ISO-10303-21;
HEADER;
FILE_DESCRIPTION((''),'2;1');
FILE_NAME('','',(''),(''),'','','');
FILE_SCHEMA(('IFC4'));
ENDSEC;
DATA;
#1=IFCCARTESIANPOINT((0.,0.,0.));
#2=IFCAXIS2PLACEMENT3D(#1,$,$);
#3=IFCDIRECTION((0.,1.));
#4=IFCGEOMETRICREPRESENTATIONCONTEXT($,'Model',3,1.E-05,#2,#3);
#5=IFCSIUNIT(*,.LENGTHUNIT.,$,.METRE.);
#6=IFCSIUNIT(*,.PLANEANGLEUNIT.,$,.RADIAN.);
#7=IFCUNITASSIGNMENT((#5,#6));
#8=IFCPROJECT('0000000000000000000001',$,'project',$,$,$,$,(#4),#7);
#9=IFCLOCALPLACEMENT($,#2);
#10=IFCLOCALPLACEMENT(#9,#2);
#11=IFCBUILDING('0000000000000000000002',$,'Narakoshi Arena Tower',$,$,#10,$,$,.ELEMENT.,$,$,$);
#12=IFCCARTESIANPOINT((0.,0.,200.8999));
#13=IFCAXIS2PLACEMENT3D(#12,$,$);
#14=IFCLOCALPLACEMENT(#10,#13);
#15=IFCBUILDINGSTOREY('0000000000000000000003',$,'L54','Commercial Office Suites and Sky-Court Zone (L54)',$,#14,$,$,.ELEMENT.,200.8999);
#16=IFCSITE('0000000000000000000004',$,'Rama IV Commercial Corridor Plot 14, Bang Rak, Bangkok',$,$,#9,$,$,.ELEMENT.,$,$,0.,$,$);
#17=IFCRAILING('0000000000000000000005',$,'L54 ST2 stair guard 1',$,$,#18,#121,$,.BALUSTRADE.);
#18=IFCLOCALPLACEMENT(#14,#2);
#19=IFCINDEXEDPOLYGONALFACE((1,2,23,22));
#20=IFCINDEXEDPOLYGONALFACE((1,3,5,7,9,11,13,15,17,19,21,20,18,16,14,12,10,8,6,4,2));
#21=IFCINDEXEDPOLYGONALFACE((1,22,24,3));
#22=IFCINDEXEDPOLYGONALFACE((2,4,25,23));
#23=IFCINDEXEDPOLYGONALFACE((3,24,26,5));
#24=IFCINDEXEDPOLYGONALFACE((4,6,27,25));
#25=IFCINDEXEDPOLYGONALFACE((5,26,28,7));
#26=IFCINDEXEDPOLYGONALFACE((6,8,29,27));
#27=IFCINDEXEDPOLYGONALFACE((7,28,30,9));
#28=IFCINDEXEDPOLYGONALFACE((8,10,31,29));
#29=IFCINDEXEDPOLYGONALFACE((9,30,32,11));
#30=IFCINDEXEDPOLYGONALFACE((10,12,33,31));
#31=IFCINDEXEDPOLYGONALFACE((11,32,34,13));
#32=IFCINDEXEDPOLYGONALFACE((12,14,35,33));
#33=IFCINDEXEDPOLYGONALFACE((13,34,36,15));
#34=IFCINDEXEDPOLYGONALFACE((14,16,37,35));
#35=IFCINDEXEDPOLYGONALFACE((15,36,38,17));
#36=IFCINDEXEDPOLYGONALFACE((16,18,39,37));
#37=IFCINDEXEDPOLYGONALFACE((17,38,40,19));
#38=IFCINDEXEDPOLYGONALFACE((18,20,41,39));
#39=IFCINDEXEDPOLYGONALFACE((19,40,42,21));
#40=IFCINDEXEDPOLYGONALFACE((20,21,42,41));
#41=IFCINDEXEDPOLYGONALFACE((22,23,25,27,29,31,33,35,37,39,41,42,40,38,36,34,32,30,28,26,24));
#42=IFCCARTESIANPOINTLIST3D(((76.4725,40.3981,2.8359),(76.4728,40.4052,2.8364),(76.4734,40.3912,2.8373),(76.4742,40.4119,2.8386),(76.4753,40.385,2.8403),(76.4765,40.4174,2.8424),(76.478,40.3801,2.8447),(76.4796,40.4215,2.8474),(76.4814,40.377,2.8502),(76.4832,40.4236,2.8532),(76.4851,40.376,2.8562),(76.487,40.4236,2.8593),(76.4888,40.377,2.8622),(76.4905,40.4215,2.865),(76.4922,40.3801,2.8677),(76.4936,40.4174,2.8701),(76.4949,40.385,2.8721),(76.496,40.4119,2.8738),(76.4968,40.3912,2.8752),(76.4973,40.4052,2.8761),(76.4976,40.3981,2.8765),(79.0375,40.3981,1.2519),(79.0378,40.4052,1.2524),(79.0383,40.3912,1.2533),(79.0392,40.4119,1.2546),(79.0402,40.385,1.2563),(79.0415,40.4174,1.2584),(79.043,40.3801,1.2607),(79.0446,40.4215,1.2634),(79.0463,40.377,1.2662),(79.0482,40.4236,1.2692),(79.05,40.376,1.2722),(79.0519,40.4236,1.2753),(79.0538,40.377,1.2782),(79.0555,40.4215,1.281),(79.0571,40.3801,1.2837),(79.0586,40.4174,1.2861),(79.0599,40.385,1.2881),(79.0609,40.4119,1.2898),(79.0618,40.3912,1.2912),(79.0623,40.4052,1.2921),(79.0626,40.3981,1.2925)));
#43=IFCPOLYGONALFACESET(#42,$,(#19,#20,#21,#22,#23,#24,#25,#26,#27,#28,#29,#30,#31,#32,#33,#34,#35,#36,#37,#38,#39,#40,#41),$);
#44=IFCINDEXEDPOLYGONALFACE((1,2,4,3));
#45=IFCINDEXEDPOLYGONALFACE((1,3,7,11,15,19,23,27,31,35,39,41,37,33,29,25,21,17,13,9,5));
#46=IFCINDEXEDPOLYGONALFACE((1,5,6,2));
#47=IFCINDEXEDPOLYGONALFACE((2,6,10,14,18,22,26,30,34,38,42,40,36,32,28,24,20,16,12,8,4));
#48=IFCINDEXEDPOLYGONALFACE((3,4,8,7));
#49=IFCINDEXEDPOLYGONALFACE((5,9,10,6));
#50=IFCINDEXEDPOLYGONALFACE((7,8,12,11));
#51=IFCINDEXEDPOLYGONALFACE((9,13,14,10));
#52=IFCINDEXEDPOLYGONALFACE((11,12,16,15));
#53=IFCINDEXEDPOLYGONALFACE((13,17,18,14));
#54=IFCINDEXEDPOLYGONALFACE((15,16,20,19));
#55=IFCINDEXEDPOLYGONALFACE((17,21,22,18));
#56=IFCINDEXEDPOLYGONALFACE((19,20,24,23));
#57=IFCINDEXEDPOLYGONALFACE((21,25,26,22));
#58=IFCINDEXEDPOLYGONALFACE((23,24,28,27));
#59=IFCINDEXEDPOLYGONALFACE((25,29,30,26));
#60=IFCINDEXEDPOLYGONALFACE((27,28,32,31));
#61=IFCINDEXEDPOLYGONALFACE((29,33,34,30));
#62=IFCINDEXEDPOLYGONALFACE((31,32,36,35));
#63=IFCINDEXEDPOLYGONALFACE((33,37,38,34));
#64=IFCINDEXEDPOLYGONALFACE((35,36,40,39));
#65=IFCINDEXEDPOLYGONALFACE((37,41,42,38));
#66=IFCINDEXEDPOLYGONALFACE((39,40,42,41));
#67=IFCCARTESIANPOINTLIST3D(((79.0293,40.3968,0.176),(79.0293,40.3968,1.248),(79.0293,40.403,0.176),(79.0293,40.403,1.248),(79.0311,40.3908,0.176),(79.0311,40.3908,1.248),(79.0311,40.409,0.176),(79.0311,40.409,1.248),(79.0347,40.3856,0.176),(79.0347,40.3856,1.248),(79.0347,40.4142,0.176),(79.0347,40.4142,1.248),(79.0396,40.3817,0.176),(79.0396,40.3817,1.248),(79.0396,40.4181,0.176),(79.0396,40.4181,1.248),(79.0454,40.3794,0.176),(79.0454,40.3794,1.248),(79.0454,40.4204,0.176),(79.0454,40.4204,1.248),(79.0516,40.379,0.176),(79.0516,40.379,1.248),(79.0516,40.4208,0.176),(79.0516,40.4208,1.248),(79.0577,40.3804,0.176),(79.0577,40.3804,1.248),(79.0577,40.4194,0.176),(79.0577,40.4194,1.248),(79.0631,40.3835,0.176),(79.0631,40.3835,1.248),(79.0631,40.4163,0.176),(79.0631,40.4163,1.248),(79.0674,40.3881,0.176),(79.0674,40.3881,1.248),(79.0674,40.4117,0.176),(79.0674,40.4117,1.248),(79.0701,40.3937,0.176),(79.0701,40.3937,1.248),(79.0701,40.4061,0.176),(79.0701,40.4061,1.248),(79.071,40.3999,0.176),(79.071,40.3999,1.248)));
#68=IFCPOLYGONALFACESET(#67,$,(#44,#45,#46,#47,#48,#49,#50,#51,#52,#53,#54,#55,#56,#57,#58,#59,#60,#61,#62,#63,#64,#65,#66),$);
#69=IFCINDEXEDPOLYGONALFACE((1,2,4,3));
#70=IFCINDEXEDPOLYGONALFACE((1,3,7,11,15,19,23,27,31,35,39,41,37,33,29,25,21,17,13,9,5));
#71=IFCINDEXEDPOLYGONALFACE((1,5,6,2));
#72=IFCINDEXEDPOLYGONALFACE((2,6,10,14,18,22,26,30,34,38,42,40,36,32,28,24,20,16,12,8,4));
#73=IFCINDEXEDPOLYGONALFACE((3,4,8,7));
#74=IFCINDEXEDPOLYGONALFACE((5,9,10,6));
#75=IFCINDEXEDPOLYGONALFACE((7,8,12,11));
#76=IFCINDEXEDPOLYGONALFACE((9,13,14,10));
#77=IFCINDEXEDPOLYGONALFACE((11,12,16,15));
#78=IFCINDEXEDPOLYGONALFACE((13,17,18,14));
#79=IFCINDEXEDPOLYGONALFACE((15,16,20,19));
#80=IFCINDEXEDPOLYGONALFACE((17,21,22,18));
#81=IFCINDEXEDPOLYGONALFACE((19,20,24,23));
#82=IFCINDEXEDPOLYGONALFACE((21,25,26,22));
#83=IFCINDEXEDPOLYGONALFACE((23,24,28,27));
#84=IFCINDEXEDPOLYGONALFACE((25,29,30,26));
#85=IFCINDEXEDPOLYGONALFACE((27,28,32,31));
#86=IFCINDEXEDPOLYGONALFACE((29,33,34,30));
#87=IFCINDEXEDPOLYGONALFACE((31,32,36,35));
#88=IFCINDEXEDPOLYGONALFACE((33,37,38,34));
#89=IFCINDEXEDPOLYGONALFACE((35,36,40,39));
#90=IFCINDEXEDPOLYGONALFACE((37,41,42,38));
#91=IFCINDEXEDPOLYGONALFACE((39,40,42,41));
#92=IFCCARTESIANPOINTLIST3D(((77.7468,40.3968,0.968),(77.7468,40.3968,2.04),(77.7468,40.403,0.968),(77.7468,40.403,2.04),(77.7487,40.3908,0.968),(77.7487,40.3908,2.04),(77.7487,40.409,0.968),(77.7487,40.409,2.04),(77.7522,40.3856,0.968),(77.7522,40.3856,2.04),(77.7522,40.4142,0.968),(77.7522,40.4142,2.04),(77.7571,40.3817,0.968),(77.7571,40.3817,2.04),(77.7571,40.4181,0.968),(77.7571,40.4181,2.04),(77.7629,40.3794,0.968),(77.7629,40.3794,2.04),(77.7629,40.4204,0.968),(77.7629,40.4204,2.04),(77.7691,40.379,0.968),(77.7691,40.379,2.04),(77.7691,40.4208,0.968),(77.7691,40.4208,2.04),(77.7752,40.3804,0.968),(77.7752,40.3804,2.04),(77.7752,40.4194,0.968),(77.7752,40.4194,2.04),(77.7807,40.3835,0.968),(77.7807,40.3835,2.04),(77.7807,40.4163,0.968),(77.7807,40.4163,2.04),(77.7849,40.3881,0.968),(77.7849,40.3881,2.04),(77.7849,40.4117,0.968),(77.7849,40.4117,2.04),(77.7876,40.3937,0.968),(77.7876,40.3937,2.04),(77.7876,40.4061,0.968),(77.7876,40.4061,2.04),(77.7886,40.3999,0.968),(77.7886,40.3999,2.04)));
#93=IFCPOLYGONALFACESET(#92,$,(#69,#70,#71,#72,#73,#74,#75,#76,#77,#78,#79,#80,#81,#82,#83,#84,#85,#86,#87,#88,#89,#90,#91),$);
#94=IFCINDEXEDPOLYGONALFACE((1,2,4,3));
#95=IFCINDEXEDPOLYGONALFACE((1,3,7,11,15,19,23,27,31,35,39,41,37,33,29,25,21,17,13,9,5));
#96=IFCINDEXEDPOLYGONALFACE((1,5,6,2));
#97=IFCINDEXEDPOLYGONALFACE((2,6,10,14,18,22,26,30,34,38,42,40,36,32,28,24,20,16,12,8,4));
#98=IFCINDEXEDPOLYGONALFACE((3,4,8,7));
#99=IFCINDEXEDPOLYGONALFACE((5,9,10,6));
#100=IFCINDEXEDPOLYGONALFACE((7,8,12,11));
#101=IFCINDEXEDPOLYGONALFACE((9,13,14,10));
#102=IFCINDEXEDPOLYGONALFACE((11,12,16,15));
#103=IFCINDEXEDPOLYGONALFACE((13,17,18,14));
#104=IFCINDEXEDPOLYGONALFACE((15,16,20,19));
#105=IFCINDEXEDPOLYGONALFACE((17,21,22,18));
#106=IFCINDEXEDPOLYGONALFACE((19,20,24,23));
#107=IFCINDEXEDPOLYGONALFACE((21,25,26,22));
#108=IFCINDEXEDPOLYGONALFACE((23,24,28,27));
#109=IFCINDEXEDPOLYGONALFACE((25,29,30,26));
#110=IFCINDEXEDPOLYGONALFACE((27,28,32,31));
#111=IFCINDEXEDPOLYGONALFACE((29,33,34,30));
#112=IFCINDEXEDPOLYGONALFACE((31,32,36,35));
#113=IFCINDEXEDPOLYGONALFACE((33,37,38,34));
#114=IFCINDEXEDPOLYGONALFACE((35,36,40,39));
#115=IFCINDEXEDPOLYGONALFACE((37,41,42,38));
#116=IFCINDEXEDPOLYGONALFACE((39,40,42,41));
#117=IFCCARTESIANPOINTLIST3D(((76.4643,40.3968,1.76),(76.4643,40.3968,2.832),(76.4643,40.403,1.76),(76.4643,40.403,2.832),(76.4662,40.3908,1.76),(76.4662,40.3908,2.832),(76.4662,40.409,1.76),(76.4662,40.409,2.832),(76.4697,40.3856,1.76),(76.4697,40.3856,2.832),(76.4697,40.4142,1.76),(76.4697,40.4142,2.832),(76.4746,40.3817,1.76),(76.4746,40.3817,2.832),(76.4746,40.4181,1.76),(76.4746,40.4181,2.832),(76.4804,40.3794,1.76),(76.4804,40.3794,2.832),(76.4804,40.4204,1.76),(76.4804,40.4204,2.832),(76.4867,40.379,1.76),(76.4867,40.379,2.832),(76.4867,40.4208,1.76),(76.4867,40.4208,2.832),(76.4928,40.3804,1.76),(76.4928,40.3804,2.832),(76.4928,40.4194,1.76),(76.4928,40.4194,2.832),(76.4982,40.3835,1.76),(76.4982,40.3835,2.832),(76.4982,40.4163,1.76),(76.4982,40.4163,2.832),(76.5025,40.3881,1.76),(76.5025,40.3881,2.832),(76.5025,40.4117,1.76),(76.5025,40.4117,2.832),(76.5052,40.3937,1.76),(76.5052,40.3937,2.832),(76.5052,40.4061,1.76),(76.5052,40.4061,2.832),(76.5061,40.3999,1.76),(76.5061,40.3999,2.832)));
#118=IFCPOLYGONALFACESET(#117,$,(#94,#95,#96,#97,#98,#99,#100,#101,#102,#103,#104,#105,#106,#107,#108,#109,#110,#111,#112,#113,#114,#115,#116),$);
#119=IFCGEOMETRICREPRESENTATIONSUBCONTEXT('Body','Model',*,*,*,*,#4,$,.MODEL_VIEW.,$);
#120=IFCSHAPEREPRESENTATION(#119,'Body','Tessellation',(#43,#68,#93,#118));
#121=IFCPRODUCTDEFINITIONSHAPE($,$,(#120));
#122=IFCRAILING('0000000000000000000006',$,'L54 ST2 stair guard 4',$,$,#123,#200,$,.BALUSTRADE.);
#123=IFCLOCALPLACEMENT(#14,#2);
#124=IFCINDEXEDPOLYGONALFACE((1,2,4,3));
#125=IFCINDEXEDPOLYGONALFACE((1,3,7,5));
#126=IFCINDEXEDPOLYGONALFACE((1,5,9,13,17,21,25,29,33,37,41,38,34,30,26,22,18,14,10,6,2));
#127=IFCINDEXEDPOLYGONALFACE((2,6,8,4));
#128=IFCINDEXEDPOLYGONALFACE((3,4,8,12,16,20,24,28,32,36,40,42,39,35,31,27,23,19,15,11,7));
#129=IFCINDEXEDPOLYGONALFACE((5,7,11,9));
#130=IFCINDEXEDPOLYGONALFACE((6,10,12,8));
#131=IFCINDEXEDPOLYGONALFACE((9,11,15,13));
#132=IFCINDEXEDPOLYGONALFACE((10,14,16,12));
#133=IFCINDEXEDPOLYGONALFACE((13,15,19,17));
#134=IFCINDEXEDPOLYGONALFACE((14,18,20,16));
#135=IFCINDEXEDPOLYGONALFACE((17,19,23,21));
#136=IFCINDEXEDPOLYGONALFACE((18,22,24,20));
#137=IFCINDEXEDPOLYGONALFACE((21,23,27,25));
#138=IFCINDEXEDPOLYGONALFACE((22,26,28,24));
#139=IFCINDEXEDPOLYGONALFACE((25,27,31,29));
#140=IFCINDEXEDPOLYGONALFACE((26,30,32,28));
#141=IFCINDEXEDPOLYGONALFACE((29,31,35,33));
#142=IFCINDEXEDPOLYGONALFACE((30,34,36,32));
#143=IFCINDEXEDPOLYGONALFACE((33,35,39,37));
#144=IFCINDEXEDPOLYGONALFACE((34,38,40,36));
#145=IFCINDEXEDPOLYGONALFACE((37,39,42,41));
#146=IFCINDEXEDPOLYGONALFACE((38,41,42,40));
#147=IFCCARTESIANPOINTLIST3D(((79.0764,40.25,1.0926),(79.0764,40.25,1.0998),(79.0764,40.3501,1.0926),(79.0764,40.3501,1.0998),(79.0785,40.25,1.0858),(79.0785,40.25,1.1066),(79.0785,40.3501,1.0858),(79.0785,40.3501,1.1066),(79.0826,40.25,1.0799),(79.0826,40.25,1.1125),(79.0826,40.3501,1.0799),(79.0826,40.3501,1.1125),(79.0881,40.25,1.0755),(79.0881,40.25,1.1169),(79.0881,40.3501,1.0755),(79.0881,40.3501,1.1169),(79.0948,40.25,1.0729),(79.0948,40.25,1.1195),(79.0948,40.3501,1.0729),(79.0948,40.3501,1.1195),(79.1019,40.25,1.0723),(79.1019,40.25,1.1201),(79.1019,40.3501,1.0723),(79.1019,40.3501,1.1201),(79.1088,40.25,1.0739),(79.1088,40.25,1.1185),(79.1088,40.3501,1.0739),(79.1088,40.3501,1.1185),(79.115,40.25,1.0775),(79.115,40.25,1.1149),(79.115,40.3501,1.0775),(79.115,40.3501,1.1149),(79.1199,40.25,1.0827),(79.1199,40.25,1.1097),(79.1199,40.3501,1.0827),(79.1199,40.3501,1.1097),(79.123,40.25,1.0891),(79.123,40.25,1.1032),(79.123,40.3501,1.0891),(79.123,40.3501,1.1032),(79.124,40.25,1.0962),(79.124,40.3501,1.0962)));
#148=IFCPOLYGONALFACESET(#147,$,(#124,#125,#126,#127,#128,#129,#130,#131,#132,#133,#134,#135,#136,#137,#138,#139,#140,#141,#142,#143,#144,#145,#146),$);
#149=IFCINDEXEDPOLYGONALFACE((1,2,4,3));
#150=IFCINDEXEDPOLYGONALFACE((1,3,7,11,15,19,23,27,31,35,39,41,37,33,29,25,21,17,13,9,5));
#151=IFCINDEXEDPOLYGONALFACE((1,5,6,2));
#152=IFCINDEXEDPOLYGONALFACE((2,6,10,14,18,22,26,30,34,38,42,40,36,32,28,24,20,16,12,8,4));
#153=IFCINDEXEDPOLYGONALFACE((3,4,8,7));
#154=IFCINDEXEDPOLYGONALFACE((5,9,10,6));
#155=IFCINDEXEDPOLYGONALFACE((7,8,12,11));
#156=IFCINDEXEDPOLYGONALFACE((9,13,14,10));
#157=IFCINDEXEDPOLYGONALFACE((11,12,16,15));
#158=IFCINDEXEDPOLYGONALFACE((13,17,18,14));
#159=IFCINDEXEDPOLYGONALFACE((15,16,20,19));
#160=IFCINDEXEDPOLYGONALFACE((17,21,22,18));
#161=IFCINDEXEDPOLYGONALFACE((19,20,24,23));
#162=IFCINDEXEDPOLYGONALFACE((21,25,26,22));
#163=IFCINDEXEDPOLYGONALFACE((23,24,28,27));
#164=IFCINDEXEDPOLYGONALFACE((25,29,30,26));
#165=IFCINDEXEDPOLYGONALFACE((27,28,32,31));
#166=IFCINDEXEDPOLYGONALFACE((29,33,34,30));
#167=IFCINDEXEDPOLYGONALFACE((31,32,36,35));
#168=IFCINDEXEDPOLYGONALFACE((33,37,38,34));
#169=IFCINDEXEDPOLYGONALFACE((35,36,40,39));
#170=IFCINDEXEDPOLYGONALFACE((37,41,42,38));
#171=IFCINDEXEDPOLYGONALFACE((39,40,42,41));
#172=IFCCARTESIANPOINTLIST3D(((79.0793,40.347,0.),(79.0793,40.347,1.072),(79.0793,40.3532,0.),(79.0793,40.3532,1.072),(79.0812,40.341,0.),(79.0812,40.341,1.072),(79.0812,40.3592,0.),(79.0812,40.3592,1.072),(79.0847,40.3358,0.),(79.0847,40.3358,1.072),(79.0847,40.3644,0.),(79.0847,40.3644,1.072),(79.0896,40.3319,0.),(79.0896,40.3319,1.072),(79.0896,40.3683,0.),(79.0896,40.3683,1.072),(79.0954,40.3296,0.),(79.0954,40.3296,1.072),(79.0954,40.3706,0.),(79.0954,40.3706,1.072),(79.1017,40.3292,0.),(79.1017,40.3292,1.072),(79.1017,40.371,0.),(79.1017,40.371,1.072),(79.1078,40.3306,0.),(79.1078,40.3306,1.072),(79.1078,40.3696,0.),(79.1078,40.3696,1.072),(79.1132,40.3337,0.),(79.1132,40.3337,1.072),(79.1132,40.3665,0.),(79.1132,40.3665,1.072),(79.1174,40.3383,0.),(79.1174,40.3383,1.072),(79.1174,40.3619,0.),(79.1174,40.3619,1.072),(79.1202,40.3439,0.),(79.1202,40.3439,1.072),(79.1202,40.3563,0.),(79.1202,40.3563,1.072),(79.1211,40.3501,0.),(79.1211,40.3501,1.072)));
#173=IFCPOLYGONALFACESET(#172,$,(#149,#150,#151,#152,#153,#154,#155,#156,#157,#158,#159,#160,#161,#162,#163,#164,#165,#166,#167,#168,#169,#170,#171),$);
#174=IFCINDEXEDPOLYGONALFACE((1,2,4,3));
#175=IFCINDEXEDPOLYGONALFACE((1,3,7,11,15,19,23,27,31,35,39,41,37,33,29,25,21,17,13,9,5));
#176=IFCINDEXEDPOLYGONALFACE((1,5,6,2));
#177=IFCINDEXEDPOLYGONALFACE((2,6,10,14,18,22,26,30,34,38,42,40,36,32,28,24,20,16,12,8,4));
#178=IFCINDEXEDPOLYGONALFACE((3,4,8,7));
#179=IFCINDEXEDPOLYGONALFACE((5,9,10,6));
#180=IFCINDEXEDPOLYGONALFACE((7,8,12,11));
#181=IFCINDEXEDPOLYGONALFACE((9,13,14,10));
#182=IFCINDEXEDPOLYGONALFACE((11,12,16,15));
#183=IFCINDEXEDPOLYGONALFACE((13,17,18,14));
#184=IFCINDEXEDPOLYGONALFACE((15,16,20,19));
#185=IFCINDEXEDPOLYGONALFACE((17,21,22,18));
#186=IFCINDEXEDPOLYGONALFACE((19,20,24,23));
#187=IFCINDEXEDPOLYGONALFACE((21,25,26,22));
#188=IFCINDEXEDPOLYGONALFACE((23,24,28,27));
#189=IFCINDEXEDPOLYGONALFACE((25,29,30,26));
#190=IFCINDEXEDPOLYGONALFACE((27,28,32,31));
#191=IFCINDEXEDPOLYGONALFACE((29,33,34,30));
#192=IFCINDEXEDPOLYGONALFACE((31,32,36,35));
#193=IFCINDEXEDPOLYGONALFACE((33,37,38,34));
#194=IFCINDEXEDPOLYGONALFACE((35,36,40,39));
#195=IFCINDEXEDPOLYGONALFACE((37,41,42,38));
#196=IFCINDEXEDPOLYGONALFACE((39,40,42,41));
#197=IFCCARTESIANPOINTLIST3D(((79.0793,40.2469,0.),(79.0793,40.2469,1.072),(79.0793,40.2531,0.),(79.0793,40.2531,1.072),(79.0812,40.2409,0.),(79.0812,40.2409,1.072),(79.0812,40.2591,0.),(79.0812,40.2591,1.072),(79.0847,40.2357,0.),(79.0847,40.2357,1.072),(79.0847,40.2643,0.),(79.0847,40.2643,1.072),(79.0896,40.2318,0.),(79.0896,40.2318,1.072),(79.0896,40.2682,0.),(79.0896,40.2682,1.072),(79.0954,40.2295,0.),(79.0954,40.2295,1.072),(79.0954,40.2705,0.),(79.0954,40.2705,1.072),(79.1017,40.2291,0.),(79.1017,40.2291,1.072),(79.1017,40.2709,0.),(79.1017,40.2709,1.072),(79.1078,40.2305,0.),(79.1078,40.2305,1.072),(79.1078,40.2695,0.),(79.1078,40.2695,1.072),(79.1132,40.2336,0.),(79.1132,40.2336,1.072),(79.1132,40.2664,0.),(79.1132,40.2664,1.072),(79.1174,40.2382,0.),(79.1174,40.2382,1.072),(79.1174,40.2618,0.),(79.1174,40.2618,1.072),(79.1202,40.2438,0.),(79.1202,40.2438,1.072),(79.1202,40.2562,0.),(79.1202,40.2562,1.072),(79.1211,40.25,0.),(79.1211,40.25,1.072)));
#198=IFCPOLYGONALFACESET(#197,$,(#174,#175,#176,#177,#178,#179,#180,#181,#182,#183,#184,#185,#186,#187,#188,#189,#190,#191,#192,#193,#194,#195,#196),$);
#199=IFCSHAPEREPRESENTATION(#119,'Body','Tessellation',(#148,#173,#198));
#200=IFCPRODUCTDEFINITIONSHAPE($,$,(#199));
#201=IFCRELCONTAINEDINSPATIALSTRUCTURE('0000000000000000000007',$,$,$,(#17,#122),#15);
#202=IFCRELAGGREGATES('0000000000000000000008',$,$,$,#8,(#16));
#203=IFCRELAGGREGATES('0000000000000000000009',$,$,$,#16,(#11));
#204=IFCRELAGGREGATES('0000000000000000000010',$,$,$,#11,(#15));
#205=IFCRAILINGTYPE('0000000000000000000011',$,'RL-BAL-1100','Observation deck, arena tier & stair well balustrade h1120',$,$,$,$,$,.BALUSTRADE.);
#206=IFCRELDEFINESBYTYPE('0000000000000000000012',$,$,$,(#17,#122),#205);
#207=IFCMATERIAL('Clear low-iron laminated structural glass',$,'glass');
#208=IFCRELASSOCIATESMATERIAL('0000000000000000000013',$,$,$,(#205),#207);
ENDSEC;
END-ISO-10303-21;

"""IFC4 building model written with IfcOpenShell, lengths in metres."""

from ifc_helpers import new_model, si_unit, direction, frame, origin, origin_2d, place, context, subcontext, project, spatial, circle, extrude, material, type_object, element, save


model = new_model("IFC4")

# Units and contexts
model_context = context("Model", 3, precision=1e-05, world=origin(), true_north=direction((0.0, 1.0)))
body_context = subcontext(model_context, "Body", "Model", "MODEL_VIEW")
ifc_project = project(units=[si_unit("LENGTHUNIT", "METRE"), si_unit("PLANEANGLEUNIT", "RADIAN")], contexts=[model_context])

# Site, building, storey
site_placement = place(None, origin())
site = spatial("IfcSite", under=ifc_project, at=site_placement, Name="Rama IV Commercial Corridor Plot 14, Bang Rak, Bangkok", CompositionType="ELEMENT", RefElevation=0.0)
building_placement = place(site_placement, origin())
building = spatial("IfcBuilding", under=site, at=building_placement, Name="Narakoshi Arena Tower", CompositionType="ELEMENT")
storey_placement = place(building_placement, frame((0.0, 0.0, 200.8999)))
storey = spatial("IfcBuildingStorey", under=building, at=storey_placement, Name="L54", Description="Commercial Office Suites and Sky-Court Zone (L54)", CompositionType="ELEMENT", Elevation=200.8999)

# Railings
ifc_material_1 = material(Name="Clear low-iron laminated structural glass", Category="glass")
railing_type = type_object("IfcRailingType", Name="RL-BAL-1100", Description="Observation deck, arena tier & stair well balustrade h1120", PredefinedType="BALUSTRADE", material=ifc_material_1)
railing_1_placement = place(storey_placement, frame((79.05, 40.3999, 0.176)))
element("IfcRailing", 1, at=railing_1_placement, inside=storey, type_object=railing_type, Name="L54 ST2 stair guard 1", PredefinedType="BALUSTRADE", context=body_context, shape_type="SweptSolid", body=[
    extrude(circle(Radius=0.0239, at=origin_2d()), frame((0.0, 0.0, 1.0962), z_axis=(-0.850834, 0.0, 0.525434), x_axis=(0.0, -1.0, 0.0)), (0.0, 0.0, 1.0), 3.0146),
    extrude(circle(Radius=0.021, at=origin_2d()), origin(), (0.0, 0.0, 1.0), 1.072),
    extrude(circle(Radius=0.021, at=origin_2d()), frame((-1.2825, 0.0, 0.792)), (0.0, 0.0, 1.0), 1.072),
    extrude(circle(Radius=0.021, at=origin_2d()), frame((-2.5649, 0.0, 1.584)), (0.0, 0.0, 1.0), 1.072),
])
railing_2_placement = place(storey_placement, frame((79.1001, 40.3501, 0.0)))
element("IfcRailing", 2, at=railing_2_placement, inside=storey, type_object=railing_type, Name="L54 ST2 stair guard 4", PredefinedType="BALUSTRADE", context=body_context, shape_type="SweptSolid", body=[
    extrude(circle(Radius=0.0239, at=origin_2d()), frame((0.0, 0.0, 1.0962), z_axis=(0.0, -1.0, 0.0), x_axis=(1.0, 0.0, 0.0)), (0.0, 0.0, 1.0), 0.1001),
    extrude(circle(Radius=0.021, at=origin_2d()), origin(), (0.0, 0.0, 1.0), 1.072),
    extrude(circle(Radius=0.021, at=origin_2d()), frame((0.0, -0.1001, 0.0)), (0.0, 0.0, 1.0), 1.072),
])

save(model, "model.ifc")
